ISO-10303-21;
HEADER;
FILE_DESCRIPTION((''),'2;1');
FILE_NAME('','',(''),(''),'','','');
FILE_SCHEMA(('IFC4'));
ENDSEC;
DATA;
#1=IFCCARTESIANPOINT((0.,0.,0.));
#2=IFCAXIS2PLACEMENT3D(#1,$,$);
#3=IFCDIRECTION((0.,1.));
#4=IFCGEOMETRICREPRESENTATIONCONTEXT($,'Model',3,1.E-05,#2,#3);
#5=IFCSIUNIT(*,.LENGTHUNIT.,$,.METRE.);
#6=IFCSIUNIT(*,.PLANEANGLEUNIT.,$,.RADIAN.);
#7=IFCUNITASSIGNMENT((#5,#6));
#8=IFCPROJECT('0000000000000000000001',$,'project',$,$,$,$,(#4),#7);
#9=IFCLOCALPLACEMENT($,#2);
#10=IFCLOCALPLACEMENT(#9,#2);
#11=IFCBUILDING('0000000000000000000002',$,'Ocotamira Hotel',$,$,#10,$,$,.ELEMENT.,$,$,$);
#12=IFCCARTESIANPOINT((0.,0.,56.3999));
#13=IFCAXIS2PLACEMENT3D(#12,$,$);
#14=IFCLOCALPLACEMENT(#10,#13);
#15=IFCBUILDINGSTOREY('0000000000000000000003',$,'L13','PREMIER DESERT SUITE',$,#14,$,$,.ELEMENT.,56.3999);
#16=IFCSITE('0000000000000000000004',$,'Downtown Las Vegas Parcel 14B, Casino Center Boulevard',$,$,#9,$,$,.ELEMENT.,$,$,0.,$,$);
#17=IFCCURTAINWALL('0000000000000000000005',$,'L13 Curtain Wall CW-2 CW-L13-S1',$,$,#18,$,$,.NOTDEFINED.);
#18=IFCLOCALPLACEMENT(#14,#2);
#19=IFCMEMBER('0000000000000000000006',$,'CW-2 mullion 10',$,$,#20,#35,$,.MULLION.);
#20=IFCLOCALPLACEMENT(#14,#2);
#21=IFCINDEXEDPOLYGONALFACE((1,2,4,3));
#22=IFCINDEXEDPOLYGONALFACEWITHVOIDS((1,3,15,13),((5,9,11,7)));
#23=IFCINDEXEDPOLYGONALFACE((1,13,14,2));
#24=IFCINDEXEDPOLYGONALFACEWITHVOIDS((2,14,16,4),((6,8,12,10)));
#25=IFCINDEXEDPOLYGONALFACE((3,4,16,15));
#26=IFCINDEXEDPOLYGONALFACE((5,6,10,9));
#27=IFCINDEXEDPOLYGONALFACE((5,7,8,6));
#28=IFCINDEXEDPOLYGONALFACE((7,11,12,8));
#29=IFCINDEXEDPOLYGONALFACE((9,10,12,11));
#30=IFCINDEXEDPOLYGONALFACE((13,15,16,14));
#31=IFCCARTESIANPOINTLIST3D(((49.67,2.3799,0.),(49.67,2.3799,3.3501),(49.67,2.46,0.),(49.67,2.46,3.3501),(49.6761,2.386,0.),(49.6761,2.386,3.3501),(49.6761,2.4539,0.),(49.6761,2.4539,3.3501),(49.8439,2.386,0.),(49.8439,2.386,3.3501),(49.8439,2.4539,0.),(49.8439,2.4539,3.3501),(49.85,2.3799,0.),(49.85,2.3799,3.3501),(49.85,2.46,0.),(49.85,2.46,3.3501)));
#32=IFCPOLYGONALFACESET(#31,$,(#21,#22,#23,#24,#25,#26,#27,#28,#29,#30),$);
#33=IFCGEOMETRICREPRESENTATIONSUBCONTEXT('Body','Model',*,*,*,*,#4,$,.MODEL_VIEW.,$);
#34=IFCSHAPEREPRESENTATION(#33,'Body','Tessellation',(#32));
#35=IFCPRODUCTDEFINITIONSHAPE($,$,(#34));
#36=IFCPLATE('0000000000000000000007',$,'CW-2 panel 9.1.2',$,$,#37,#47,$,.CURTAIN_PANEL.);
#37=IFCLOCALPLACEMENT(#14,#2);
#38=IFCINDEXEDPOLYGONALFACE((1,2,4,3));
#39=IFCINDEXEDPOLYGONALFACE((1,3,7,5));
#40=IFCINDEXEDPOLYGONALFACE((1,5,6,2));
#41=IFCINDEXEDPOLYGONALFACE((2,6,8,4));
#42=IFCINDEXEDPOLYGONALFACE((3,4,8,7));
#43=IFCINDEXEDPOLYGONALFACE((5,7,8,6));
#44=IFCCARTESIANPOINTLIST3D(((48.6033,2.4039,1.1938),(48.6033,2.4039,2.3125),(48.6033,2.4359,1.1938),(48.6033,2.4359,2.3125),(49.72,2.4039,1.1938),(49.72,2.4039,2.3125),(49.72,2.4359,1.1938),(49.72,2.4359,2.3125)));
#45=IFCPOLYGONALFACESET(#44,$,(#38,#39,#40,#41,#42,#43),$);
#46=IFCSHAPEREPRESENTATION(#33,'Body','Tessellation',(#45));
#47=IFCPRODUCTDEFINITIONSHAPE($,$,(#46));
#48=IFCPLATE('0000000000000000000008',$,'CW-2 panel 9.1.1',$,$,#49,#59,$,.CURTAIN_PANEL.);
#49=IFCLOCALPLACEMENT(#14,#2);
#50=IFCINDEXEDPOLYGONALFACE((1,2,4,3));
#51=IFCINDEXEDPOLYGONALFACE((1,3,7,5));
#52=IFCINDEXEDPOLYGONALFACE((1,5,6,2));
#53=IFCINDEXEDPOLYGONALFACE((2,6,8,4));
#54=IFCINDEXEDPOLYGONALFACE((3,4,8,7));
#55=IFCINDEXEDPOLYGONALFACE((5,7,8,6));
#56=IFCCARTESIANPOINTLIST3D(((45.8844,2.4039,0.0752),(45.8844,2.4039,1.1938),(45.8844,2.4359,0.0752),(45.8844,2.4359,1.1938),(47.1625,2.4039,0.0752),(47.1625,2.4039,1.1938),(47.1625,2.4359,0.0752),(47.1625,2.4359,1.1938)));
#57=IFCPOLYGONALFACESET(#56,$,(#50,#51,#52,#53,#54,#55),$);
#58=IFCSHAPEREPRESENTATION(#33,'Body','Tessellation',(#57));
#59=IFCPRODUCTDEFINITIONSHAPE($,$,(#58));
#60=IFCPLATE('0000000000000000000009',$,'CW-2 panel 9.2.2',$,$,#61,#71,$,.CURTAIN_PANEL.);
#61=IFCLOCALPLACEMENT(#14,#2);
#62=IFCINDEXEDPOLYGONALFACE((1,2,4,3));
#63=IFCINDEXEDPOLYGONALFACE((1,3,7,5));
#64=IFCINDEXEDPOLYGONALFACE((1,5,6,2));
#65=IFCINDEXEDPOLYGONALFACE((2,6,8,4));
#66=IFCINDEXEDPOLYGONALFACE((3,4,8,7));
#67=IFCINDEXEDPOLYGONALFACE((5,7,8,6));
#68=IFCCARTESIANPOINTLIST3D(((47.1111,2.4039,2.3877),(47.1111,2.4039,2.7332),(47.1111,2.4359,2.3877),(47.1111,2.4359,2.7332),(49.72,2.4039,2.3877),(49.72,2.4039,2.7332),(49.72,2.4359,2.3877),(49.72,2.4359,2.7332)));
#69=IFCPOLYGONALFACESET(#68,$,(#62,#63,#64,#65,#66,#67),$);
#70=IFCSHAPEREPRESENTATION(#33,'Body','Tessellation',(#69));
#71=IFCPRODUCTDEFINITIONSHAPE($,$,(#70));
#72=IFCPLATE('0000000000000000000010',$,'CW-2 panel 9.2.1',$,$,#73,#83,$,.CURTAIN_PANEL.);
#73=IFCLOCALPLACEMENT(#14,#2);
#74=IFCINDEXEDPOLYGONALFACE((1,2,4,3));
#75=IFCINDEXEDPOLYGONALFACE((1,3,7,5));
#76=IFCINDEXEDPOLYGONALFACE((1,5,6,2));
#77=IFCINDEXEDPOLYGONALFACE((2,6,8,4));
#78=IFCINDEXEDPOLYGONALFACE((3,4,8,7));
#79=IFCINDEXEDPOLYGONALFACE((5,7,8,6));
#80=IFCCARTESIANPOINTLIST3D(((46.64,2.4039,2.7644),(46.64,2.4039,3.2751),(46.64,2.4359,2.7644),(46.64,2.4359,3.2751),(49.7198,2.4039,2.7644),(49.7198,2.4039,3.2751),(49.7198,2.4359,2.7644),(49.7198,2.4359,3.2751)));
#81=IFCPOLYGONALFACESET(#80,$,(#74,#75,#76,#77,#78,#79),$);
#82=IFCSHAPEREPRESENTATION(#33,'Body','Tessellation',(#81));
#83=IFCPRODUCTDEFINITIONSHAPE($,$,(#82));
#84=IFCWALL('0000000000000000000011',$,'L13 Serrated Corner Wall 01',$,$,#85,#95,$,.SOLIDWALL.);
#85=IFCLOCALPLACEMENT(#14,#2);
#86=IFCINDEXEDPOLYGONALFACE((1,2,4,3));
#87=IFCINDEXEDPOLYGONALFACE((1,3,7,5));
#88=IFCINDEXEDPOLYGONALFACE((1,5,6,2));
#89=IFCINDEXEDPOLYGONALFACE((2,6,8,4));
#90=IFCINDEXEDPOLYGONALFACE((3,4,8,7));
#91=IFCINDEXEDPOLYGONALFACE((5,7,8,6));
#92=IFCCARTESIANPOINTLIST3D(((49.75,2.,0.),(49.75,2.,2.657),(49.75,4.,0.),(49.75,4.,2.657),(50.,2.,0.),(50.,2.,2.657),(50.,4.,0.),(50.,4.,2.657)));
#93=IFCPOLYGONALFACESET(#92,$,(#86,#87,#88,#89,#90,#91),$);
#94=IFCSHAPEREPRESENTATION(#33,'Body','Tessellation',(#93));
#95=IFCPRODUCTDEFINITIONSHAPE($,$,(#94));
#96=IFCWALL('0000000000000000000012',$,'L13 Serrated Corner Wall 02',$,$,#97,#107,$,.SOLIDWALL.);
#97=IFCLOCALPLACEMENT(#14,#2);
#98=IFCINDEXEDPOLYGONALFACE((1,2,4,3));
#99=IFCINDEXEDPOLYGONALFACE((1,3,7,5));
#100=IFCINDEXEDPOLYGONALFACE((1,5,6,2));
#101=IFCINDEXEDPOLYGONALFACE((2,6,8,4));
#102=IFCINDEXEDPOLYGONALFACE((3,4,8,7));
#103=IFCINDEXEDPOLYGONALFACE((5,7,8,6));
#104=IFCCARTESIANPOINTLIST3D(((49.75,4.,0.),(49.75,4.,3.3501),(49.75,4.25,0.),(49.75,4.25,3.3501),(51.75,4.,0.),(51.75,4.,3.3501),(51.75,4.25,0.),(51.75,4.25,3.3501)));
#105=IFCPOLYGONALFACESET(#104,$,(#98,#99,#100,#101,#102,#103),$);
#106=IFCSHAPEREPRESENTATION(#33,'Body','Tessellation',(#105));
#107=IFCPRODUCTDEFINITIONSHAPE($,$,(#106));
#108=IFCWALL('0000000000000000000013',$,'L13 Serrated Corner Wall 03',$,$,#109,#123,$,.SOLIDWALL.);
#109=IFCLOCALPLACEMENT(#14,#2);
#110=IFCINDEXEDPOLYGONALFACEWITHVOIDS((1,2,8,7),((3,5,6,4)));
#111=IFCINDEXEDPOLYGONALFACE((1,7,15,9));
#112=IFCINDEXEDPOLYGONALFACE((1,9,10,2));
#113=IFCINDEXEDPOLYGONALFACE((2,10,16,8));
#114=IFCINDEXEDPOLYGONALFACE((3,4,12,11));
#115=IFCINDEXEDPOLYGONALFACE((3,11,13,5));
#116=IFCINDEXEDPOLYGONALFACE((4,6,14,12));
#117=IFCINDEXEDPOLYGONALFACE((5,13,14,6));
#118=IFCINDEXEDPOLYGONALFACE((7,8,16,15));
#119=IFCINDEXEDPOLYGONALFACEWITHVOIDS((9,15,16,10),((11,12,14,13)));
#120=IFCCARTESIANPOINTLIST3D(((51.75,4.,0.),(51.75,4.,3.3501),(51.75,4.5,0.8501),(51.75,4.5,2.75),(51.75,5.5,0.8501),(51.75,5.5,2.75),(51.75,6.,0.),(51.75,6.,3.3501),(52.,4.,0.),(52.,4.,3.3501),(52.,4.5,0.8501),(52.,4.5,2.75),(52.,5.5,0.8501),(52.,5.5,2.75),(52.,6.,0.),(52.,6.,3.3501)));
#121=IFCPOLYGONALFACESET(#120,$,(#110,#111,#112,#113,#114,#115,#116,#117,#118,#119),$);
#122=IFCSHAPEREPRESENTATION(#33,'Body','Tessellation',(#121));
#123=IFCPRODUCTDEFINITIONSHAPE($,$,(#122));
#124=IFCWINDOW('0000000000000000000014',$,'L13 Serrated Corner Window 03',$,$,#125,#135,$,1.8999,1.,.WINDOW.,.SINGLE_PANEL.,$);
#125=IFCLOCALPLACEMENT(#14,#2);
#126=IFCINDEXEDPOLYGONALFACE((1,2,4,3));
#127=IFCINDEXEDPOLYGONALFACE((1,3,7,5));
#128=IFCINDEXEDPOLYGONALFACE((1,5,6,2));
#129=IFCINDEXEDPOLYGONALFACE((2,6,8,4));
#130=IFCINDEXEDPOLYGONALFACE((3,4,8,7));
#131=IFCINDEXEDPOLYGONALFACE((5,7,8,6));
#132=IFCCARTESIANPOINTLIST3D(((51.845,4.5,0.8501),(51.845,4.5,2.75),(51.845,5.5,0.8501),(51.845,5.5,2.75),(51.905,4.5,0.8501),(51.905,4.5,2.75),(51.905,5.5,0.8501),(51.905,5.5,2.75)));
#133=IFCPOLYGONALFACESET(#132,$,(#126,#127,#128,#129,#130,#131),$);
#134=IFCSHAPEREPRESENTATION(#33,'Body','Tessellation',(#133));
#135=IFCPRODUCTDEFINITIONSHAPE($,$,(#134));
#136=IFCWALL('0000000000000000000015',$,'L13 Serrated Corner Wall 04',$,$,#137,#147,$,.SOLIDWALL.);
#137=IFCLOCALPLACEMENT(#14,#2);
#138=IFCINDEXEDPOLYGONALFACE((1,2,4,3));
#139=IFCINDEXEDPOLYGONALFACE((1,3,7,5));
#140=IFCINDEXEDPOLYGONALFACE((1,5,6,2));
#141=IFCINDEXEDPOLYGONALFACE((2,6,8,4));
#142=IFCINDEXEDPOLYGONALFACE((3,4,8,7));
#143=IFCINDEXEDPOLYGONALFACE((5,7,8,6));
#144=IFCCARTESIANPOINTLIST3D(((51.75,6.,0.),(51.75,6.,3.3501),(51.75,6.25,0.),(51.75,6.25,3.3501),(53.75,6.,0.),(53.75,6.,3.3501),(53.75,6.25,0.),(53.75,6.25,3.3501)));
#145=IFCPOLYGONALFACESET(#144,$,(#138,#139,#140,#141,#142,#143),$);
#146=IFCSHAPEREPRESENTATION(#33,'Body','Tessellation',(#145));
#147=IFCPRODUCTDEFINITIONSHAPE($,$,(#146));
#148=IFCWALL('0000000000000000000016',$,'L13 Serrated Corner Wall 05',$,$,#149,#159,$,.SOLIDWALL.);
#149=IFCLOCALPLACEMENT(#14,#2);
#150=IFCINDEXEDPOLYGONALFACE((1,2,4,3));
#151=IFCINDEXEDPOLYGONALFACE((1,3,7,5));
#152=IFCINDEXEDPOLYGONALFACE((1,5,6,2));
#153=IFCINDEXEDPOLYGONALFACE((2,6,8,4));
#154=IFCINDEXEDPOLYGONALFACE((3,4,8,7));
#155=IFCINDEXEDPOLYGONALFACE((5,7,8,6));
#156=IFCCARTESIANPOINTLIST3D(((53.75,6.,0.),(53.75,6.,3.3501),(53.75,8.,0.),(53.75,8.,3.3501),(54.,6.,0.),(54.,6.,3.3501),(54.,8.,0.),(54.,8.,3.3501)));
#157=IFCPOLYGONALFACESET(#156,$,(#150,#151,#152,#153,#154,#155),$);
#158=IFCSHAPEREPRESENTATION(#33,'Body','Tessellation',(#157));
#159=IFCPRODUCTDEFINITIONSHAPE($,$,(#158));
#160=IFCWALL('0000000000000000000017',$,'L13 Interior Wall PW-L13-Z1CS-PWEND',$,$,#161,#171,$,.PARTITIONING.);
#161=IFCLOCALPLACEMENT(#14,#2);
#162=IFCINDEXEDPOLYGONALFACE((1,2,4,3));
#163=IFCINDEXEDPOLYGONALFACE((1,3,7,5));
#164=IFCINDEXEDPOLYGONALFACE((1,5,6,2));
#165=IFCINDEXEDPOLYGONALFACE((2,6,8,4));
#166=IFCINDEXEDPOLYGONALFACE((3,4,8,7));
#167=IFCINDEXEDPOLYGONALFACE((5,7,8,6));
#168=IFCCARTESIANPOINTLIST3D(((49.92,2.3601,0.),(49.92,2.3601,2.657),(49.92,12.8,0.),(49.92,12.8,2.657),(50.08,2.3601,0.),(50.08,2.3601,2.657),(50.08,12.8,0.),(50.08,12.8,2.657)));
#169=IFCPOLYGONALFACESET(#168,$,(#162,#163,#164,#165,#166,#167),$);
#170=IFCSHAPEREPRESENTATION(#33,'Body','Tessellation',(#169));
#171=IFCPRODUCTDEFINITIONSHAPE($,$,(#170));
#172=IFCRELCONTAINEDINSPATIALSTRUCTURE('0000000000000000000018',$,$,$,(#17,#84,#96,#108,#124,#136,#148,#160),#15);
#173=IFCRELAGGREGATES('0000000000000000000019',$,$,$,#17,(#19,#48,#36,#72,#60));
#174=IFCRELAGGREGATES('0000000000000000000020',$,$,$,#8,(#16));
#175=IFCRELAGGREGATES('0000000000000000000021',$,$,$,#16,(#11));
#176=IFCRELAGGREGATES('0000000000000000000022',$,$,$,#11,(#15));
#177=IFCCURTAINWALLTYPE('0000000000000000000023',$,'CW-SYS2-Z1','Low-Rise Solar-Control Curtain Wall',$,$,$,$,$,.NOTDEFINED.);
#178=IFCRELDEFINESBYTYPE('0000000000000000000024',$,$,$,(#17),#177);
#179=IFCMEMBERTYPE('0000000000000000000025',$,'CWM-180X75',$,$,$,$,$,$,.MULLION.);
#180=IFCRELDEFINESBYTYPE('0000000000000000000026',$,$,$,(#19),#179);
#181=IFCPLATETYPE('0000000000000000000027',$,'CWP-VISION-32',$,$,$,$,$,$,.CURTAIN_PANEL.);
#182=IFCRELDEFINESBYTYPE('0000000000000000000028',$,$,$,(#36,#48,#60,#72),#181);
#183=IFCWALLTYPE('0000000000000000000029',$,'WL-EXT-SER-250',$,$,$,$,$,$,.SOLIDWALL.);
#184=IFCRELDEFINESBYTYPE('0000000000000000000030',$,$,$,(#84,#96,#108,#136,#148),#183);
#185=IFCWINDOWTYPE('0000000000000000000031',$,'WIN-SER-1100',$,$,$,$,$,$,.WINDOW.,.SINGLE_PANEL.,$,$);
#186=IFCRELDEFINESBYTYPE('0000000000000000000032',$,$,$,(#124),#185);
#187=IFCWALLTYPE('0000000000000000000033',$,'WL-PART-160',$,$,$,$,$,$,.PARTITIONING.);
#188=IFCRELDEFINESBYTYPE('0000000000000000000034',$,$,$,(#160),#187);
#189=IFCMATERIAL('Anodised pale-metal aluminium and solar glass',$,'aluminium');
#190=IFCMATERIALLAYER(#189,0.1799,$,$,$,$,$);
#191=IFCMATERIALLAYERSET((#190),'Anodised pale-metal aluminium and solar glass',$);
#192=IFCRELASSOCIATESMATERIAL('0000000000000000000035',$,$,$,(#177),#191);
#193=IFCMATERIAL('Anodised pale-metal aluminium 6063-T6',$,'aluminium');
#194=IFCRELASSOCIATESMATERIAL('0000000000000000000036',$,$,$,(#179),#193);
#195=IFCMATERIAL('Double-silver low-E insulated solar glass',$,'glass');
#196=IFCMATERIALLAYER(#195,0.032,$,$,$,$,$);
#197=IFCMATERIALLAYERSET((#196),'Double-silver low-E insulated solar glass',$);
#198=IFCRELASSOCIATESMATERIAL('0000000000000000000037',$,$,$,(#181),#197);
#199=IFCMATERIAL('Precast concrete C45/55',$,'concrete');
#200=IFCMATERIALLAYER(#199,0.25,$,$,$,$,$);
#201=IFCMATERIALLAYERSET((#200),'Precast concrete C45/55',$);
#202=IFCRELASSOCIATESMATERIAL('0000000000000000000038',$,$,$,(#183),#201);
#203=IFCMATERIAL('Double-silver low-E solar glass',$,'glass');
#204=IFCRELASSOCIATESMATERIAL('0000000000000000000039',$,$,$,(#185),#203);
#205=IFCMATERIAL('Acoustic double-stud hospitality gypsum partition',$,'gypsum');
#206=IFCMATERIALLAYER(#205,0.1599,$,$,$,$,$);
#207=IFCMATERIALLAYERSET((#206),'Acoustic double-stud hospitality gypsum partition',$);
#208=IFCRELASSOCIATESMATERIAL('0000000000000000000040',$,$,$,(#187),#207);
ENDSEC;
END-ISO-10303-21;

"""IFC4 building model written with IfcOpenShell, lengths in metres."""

from ifc_helpers import new_model, si_unit, direction, frame, frame_2d, origin, origin_2d, place, context, subcontext, project, spatial, rectangle, hollow_rectangle, extrude, source, transform, mapped, material, layer, layer_set, material_profile, profile_set, type_object, element, fill, aggregate, save


model = new_model("IFC4")

# Units and contexts
model_context = context("Model", 3, precision=1e-05, world=origin(), true_north=direction((0.0, 1.0)))
body_context = subcontext(model_context, "Body", "Model", "MODEL_VIEW")
ifc_project = project(units=[si_unit("LENGTHUNIT", "METRE"), si_unit("PLANEANGLEUNIT", "RADIAN")], contexts=[model_context])

# Site, building, storey
site_placement = place(None, origin())
site = spatial("IfcSite", under=ifc_project, at=site_placement, Name="Downtown Las Vegas Parcel 14B, Casino Center Boulevard", CompositionType="ELEMENT", RefElevation=0.0)
building_placement = place(site_placement, origin())
building = spatial("IfcBuilding", under=site, at=building_placement, Name="Ocotamira Hotel", CompositionType="ELEMENT")
storey_placement = place(building_placement, frame((0.0, 0.0, 56.3999)))
storey = spatial("IfcBuildingStorey", under=building, at=storey_placement, Name="L13", Description="PREMIER DESERT SUITE", CompositionType="ELEMENT", Elevation=56.3999)

# Curtain wall, member, plates
ifc_material_1 = material(Name="Anodised pale-metal aluminium and solar glass", Category="aluminium")
ifc_layer_1 = layer(ifc_material_1, 0.1799)
ifc_layer_set_1 = layer_set([ifc_layer_1], Name="Anodised pale-metal aluminium and solar glass")
curtain_wall_type = type_object("IfcCurtainWallType", Name="CW-SYS2-Z1", Description="Low-Rise Solar-Control Curtain Wall", PredefinedType="NOTDEFINED", material=ifc_layer_set_1)
curtain_wall_placement = place(storey_placement, origin())
curtain_wall = element("IfcCurtainWall", 1, at=curtain_wall_placement, inside=storey, type_object=curtain_wall_type, Name="L13 Curtain Wall CW-2 CW-L13-S1", PredefinedType="NOTDEFINED")
ifc_material_2 = material(Name="Anodised pale-metal aluminium 6063-T6", Category="aluminium")
ifc_material_profile_1 = material_profile(ifc_material_2, hollow_rectangle(XDim=0.0801, YDim=0.1799, WallThickness=0.0061, at=origin_2d()), Name="HSS180X80X6")
ifc_profile_set_1 = profile_set([ifc_material_profile_1], Name="Anodised pale-metal aluminium 6063-T6")
member_type_1 = type_object("IfcMemberType", Name="CWM-180X75", PredefinedType="MULLION", material=ifc_profile_set_1)
shared_shape_1 = source(origin(), body_context, "Body", "SweptSolid", [
    extrude(hollow_rectangle(XDim=0.0801, YDim=0.1799, WallThickness=0.0061, at=origin_2d()), origin(), (0.0, 0.0, 1.0), 3.3501),
])
member_1_placement = place(storey_placement, frame((49.76, 2.4199, 0.0), z_axis=(0.0, 0.0, 1.0), x_axis=(0.0, 1.0, 0.0)))
member_1 = element("IfcMember", 2, at=member_1_placement, type_object=member_type_1, Name="CW-2 mullion 10", PredefinedType="MULLION", context=body_context, shape_type="MappedRepresentation", body=[
    mapped(shared_shape_1, transform((0.0, 0.0, 0.0), scale=1.0)),
])
ifc_material_3 = material(Name="Double-silver low-E insulated solar glass", Category="glass")
ifc_layer_2 = layer(ifc_material_3, 0.032)
ifc_layer_set_2 = layer_set([ifc_layer_2], Name="Double-silver low-E insulated solar glass")
plate_type = type_object("IfcPlateType", Name="CWP-VISION-32", PredefinedType="CURTAIN_PANEL", material=ifc_layer_set_2)
shared_shape_2 = source(origin(), body_context, "Body", "SweptSolid", [
    extrude(rectangle(XDim=1.1167, YDim=0.032, at=origin_2d()), origin(), (0.0, 0.0, 1.0), 1.1187),
])
plate_1_placement = place(storey_placement, frame((49.1616, 2.4199, 1.1938), z_axis=(0.0, 0.0, 1.0), x_axis=(1.0, 0.0, 0.0)))
plate_1 = element("IfcPlate", 3, at=plate_1_placement, type_object=plate_type, Name="CW-2 panel 9.1.2", PredefinedType="CURTAIN_PANEL", context=body_context, shape_type="MappedRepresentation", body=[
    mapped(shared_shape_2, transform((0.0, 0.0, 0.0), scale=1.0)),
])
shared_shape_3 = source(origin(), body_context, "Body", "SweptSolid", [
    extrude(rectangle(XDim=1.2781, YDim=0.032, at=origin_2d()), origin(), (0.0, 0.0, 1.0), 1.1187),
])
plate_2_placement = place(storey_placement, frame((46.5234, 2.4199, 0.0752), z_axis=(0.0, 0.0, 1.0), x_axis=(1.0, 0.0, 0.0)))
plate_2 = element("IfcPlate", 4, at=plate_2_placement, type_object=plate_type, Name="CW-2 panel 9.1.1", PredefinedType="CURTAIN_PANEL", context=body_context, shape_type="MappedRepresentation", body=[
    mapped(shared_shape_3, transform((0.0, 0.0, 0.0), scale=1.0)),
])
shared_shape_4 = source(origin(), body_context, "Body", "SweptSolid", [
    extrude(rectangle(XDim=2.6089, YDim=0.032, at=origin_2d()), origin(), (0.0, 0.0, 1.0), 0.3455),
])
plate_3_placement = place(storey_placement, frame((48.4155, 2.4199, 2.3877), z_axis=(0.0, 0.0, 1.0), x_axis=(1.0, 0.0, 0.0)))
plate_3 = element("IfcPlate", 5, at=plate_3_placement, type_object=plate_type, Name="CW-2 panel 9.2.2", PredefinedType="CURTAIN_PANEL", context=body_context, shape_type="MappedRepresentation", body=[
    mapped(shared_shape_4, transform((0.0, 0.0, 0.0), scale=1.0)),
])
shared_shape_5 = source(origin(), body_context, "Body", "SweptSolid", [
    extrude(rectangle(XDim=3.0798, YDim=0.032, at=origin_2d()), origin(), (0.0, 0.0, 1.0), 0.5107),
])
plate_4_placement = place(storey_placement, frame((48.1799, 2.4199, 2.7644), z_axis=(0.0, 0.0, 1.0), x_axis=(1.0, 0.0, 0.0)))
plate_4 = element("IfcPlate", 6, at=plate_4_placement, type_object=plate_type, Name="CW-2 panel 9.2.1", PredefinedType="CURTAIN_PANEL", context=body_context, shape_type="MappedRepresentation", body=[
    mapped(shared_shape_5, transform((0.0, 0.0, 0.0), scale=1.0)),
])
aggregate(curtain_wall, [member_1, plate_2, plate_1, plate_4, plate_3])

# Walls
ifc_material_4 = material(Name="Precast concrete C45/55", Category="concrete")
ifc_layer_3 = layer(ifc_material_4, 0.25)
ifc_layer_set_3 = layer_set([ifc_layer_3], Name="Precast concrete C45/55")
wall_type_1 = type_object("IfcWallType", Name="WL-EXT-SER-250", PredefinedType="SOLIDWALL", material=ifc_layer_set_3)
wall_1_placement = place(storey_placement, frame((49.875, 2.0, 0.0), z_axis=(0.0, 0.0, 1.0), x_axis=(0.0, 1.0, 0.0)))
element("IfcWall", 7, at=wall_1_placement, inside=storey, type_object=wall_type_1, Name="L13 Serrated Corner Wall 01", PredefinedType="SOLIDWALL", context=body_context, shape_type="SweptSolid", body=[
    extrude(rectangle(XDim=2.0, YDim=0.25, at=frame_2d((1.0, 0.0))), origin(), (0.0, 0.0, 1.0), 2.657),
])
wall_2_placement = place(storey_placement, frame((49.75, 4.125, 0.0), z_axis=(0.0, 0.0, 1.0), x_axis=(1.0, 0.0, 0.0)))
element("IfcWall", 8, at=wall_2_placement, inside=storey, type_object=wall_type_1, Name="L13 Serrated Corner Wall 02", PredefinedType="SOLIDWALL", context=body_context, shape_type="SweptSolid", body=[
    extrude(rectangle(XDim=2.0, YDim=0.25, at=frame_2d((1.0, 0.0))), origin(), (0.0, 0.0, 1.0), 3.3501),
])

# Wall, opening, window
wall_3_placement = place(storey_placement, frame((51.875, 4.0, 0.0), z_axis=(0.0, 0.0, 1.0), x_axis=(0.0, 1.0, 0.0)))
wall_3 = element("IfcWall", 9, at=wall_3_placement, inside=storey, type_object=wall_type_1, Name="L13 Serrated Corner Wall 03", PredefinedType="SOLIDWALL", context=body_context, shape_type="SweptSolid", body=[
    extrude(rectangle(XDim=2.0, YDim=0.25, at=frame_2d((1.0, 0.0))), origin(), (0.0, 0.0, 1.0), 3.3501),
])
opening_placement = place(wall_3_placement, frame((0.5, 0.0, 0.8501)))
opening = element("IfcOpeningElement", 10, at=opening_placement, cuts=wall_3, PredefinedType="OPENING", context=body_context, shape_type="SweptSolid", body=[
    extrude(rectangle(XDim=1.0, YDim=1.8999, at=frame_2d((0.5, 0.95))), frame((0.0, 0.135, 0.0), z_axis=(0.0, -1.0, 0.0), x_axis=(1.0, 0.0, 0.0)), (0.0, 0.0, 1.0), 0.27),
])
ifc_material_5 = material(Name="Double-silver low-E solar glass", Category="glass")
window_type = type_object("IfcWindowType", Name="WIN-SER-1100", PartitioningType="SINGLE_PANEL", PredefinedType="WINDOW", material=ifc_material_5)
shared_shape_6 = source(origin(), body_context, "Body", "SweptSolid", [
    extrude(rectangle(XDim=1.0, YDim=1.8999, at=frame_2d((0.5, 0.95))), frame((0.0, 0.03, 0.0), z_axis=(0.0, -1.0, 0.0), x_axis=(1.0, 0.0, 0.0)), (0.0, 0.0, 1.0), 0.0601),
])
window_placement = place(opening_placement, origin())
window = element("IfcWindow", 11, at=window_placement, inside=storey, type_object=window_type, Name="L13 Serrated Corner Window 03", OverallHeight=1.8999, OverallWidth=1.0, PartitioningType="SINGLE_PANEL", PredefinedType="WINDOW", context=body_context, shape_type="MappedRepresentation", body=[
    mapped(shared_shape_6, transform((0.0, 0.0, 0.0), scale=1.0)),
])
fill(opening, window)

# Walls
for number, where, z_axis, x_axis, name in (
    (12, (51.75, 6.125, 0.0), (0.0, 0.0, 1.0), (1.0, 0.0, 0.0), "L13 Serrated Corner Wall 04"),
    (13, (53.875, 6.0, 0.0), (0.0, 0.0, 1.0), (0.0, 1.0, 0.0), "L13 Serrated Corner Wall 05"),
):
    element("IfcWall", number, at=place(storey_placement, frame(where, z_axis=z_axis, x_axis=x_axis)), inside=storey, type_object=wall_type_1, Name=name, PredefinedType="SOLIDWALL", context=body_context, shape_type="SweptSolid", body=[
        extrude(rectangle(XDim=2.0, YDim=0.25, at=frame_2d((1.0, 0.0))), origin(), (0.0, 0.0, 1.0), 3.3501),
    ])
ifc_material_6 = material(Name="Acoustic double-stud hospitality gypsum partition", Category="gypsum")
ifc_layer_4 = layer(ifc_material_6, 0.1599)
ifc_layer_set_4 = layer_set([ifc_layer_4], Name="Acoustic double-stud hospitality gypsum partition")
wall_type_2 = type_object("IfcWallType", Name="WL-PART-160", PredefinedType="PARTITIONING", material=ifc_layer_set_4)
wall_4_placement = place(storey_placement, frame((50.0, 2.3601, 0.0), z_axis=(0.0, 0.0, 1.0), x_axis=(0.0, 1.0, 0.0)))
element("IfcWall", 14, at=wall_4_placement, inside=storey, type_object=wall_type_2, Name="L13 Interior Wall PW-L13-Z1CS-PWEND", PredefinedType="PARTITIONING", context=body_context, shape_type="SweptSolid", body=[
    extrude(rectangle(XDim=10.4399, YDim=0.1599, at=frame_2d((5.22, 0.0))), origin(), (0.0, 0.0, 1.0), 2.657),
])

save(model, "model.ifc")
